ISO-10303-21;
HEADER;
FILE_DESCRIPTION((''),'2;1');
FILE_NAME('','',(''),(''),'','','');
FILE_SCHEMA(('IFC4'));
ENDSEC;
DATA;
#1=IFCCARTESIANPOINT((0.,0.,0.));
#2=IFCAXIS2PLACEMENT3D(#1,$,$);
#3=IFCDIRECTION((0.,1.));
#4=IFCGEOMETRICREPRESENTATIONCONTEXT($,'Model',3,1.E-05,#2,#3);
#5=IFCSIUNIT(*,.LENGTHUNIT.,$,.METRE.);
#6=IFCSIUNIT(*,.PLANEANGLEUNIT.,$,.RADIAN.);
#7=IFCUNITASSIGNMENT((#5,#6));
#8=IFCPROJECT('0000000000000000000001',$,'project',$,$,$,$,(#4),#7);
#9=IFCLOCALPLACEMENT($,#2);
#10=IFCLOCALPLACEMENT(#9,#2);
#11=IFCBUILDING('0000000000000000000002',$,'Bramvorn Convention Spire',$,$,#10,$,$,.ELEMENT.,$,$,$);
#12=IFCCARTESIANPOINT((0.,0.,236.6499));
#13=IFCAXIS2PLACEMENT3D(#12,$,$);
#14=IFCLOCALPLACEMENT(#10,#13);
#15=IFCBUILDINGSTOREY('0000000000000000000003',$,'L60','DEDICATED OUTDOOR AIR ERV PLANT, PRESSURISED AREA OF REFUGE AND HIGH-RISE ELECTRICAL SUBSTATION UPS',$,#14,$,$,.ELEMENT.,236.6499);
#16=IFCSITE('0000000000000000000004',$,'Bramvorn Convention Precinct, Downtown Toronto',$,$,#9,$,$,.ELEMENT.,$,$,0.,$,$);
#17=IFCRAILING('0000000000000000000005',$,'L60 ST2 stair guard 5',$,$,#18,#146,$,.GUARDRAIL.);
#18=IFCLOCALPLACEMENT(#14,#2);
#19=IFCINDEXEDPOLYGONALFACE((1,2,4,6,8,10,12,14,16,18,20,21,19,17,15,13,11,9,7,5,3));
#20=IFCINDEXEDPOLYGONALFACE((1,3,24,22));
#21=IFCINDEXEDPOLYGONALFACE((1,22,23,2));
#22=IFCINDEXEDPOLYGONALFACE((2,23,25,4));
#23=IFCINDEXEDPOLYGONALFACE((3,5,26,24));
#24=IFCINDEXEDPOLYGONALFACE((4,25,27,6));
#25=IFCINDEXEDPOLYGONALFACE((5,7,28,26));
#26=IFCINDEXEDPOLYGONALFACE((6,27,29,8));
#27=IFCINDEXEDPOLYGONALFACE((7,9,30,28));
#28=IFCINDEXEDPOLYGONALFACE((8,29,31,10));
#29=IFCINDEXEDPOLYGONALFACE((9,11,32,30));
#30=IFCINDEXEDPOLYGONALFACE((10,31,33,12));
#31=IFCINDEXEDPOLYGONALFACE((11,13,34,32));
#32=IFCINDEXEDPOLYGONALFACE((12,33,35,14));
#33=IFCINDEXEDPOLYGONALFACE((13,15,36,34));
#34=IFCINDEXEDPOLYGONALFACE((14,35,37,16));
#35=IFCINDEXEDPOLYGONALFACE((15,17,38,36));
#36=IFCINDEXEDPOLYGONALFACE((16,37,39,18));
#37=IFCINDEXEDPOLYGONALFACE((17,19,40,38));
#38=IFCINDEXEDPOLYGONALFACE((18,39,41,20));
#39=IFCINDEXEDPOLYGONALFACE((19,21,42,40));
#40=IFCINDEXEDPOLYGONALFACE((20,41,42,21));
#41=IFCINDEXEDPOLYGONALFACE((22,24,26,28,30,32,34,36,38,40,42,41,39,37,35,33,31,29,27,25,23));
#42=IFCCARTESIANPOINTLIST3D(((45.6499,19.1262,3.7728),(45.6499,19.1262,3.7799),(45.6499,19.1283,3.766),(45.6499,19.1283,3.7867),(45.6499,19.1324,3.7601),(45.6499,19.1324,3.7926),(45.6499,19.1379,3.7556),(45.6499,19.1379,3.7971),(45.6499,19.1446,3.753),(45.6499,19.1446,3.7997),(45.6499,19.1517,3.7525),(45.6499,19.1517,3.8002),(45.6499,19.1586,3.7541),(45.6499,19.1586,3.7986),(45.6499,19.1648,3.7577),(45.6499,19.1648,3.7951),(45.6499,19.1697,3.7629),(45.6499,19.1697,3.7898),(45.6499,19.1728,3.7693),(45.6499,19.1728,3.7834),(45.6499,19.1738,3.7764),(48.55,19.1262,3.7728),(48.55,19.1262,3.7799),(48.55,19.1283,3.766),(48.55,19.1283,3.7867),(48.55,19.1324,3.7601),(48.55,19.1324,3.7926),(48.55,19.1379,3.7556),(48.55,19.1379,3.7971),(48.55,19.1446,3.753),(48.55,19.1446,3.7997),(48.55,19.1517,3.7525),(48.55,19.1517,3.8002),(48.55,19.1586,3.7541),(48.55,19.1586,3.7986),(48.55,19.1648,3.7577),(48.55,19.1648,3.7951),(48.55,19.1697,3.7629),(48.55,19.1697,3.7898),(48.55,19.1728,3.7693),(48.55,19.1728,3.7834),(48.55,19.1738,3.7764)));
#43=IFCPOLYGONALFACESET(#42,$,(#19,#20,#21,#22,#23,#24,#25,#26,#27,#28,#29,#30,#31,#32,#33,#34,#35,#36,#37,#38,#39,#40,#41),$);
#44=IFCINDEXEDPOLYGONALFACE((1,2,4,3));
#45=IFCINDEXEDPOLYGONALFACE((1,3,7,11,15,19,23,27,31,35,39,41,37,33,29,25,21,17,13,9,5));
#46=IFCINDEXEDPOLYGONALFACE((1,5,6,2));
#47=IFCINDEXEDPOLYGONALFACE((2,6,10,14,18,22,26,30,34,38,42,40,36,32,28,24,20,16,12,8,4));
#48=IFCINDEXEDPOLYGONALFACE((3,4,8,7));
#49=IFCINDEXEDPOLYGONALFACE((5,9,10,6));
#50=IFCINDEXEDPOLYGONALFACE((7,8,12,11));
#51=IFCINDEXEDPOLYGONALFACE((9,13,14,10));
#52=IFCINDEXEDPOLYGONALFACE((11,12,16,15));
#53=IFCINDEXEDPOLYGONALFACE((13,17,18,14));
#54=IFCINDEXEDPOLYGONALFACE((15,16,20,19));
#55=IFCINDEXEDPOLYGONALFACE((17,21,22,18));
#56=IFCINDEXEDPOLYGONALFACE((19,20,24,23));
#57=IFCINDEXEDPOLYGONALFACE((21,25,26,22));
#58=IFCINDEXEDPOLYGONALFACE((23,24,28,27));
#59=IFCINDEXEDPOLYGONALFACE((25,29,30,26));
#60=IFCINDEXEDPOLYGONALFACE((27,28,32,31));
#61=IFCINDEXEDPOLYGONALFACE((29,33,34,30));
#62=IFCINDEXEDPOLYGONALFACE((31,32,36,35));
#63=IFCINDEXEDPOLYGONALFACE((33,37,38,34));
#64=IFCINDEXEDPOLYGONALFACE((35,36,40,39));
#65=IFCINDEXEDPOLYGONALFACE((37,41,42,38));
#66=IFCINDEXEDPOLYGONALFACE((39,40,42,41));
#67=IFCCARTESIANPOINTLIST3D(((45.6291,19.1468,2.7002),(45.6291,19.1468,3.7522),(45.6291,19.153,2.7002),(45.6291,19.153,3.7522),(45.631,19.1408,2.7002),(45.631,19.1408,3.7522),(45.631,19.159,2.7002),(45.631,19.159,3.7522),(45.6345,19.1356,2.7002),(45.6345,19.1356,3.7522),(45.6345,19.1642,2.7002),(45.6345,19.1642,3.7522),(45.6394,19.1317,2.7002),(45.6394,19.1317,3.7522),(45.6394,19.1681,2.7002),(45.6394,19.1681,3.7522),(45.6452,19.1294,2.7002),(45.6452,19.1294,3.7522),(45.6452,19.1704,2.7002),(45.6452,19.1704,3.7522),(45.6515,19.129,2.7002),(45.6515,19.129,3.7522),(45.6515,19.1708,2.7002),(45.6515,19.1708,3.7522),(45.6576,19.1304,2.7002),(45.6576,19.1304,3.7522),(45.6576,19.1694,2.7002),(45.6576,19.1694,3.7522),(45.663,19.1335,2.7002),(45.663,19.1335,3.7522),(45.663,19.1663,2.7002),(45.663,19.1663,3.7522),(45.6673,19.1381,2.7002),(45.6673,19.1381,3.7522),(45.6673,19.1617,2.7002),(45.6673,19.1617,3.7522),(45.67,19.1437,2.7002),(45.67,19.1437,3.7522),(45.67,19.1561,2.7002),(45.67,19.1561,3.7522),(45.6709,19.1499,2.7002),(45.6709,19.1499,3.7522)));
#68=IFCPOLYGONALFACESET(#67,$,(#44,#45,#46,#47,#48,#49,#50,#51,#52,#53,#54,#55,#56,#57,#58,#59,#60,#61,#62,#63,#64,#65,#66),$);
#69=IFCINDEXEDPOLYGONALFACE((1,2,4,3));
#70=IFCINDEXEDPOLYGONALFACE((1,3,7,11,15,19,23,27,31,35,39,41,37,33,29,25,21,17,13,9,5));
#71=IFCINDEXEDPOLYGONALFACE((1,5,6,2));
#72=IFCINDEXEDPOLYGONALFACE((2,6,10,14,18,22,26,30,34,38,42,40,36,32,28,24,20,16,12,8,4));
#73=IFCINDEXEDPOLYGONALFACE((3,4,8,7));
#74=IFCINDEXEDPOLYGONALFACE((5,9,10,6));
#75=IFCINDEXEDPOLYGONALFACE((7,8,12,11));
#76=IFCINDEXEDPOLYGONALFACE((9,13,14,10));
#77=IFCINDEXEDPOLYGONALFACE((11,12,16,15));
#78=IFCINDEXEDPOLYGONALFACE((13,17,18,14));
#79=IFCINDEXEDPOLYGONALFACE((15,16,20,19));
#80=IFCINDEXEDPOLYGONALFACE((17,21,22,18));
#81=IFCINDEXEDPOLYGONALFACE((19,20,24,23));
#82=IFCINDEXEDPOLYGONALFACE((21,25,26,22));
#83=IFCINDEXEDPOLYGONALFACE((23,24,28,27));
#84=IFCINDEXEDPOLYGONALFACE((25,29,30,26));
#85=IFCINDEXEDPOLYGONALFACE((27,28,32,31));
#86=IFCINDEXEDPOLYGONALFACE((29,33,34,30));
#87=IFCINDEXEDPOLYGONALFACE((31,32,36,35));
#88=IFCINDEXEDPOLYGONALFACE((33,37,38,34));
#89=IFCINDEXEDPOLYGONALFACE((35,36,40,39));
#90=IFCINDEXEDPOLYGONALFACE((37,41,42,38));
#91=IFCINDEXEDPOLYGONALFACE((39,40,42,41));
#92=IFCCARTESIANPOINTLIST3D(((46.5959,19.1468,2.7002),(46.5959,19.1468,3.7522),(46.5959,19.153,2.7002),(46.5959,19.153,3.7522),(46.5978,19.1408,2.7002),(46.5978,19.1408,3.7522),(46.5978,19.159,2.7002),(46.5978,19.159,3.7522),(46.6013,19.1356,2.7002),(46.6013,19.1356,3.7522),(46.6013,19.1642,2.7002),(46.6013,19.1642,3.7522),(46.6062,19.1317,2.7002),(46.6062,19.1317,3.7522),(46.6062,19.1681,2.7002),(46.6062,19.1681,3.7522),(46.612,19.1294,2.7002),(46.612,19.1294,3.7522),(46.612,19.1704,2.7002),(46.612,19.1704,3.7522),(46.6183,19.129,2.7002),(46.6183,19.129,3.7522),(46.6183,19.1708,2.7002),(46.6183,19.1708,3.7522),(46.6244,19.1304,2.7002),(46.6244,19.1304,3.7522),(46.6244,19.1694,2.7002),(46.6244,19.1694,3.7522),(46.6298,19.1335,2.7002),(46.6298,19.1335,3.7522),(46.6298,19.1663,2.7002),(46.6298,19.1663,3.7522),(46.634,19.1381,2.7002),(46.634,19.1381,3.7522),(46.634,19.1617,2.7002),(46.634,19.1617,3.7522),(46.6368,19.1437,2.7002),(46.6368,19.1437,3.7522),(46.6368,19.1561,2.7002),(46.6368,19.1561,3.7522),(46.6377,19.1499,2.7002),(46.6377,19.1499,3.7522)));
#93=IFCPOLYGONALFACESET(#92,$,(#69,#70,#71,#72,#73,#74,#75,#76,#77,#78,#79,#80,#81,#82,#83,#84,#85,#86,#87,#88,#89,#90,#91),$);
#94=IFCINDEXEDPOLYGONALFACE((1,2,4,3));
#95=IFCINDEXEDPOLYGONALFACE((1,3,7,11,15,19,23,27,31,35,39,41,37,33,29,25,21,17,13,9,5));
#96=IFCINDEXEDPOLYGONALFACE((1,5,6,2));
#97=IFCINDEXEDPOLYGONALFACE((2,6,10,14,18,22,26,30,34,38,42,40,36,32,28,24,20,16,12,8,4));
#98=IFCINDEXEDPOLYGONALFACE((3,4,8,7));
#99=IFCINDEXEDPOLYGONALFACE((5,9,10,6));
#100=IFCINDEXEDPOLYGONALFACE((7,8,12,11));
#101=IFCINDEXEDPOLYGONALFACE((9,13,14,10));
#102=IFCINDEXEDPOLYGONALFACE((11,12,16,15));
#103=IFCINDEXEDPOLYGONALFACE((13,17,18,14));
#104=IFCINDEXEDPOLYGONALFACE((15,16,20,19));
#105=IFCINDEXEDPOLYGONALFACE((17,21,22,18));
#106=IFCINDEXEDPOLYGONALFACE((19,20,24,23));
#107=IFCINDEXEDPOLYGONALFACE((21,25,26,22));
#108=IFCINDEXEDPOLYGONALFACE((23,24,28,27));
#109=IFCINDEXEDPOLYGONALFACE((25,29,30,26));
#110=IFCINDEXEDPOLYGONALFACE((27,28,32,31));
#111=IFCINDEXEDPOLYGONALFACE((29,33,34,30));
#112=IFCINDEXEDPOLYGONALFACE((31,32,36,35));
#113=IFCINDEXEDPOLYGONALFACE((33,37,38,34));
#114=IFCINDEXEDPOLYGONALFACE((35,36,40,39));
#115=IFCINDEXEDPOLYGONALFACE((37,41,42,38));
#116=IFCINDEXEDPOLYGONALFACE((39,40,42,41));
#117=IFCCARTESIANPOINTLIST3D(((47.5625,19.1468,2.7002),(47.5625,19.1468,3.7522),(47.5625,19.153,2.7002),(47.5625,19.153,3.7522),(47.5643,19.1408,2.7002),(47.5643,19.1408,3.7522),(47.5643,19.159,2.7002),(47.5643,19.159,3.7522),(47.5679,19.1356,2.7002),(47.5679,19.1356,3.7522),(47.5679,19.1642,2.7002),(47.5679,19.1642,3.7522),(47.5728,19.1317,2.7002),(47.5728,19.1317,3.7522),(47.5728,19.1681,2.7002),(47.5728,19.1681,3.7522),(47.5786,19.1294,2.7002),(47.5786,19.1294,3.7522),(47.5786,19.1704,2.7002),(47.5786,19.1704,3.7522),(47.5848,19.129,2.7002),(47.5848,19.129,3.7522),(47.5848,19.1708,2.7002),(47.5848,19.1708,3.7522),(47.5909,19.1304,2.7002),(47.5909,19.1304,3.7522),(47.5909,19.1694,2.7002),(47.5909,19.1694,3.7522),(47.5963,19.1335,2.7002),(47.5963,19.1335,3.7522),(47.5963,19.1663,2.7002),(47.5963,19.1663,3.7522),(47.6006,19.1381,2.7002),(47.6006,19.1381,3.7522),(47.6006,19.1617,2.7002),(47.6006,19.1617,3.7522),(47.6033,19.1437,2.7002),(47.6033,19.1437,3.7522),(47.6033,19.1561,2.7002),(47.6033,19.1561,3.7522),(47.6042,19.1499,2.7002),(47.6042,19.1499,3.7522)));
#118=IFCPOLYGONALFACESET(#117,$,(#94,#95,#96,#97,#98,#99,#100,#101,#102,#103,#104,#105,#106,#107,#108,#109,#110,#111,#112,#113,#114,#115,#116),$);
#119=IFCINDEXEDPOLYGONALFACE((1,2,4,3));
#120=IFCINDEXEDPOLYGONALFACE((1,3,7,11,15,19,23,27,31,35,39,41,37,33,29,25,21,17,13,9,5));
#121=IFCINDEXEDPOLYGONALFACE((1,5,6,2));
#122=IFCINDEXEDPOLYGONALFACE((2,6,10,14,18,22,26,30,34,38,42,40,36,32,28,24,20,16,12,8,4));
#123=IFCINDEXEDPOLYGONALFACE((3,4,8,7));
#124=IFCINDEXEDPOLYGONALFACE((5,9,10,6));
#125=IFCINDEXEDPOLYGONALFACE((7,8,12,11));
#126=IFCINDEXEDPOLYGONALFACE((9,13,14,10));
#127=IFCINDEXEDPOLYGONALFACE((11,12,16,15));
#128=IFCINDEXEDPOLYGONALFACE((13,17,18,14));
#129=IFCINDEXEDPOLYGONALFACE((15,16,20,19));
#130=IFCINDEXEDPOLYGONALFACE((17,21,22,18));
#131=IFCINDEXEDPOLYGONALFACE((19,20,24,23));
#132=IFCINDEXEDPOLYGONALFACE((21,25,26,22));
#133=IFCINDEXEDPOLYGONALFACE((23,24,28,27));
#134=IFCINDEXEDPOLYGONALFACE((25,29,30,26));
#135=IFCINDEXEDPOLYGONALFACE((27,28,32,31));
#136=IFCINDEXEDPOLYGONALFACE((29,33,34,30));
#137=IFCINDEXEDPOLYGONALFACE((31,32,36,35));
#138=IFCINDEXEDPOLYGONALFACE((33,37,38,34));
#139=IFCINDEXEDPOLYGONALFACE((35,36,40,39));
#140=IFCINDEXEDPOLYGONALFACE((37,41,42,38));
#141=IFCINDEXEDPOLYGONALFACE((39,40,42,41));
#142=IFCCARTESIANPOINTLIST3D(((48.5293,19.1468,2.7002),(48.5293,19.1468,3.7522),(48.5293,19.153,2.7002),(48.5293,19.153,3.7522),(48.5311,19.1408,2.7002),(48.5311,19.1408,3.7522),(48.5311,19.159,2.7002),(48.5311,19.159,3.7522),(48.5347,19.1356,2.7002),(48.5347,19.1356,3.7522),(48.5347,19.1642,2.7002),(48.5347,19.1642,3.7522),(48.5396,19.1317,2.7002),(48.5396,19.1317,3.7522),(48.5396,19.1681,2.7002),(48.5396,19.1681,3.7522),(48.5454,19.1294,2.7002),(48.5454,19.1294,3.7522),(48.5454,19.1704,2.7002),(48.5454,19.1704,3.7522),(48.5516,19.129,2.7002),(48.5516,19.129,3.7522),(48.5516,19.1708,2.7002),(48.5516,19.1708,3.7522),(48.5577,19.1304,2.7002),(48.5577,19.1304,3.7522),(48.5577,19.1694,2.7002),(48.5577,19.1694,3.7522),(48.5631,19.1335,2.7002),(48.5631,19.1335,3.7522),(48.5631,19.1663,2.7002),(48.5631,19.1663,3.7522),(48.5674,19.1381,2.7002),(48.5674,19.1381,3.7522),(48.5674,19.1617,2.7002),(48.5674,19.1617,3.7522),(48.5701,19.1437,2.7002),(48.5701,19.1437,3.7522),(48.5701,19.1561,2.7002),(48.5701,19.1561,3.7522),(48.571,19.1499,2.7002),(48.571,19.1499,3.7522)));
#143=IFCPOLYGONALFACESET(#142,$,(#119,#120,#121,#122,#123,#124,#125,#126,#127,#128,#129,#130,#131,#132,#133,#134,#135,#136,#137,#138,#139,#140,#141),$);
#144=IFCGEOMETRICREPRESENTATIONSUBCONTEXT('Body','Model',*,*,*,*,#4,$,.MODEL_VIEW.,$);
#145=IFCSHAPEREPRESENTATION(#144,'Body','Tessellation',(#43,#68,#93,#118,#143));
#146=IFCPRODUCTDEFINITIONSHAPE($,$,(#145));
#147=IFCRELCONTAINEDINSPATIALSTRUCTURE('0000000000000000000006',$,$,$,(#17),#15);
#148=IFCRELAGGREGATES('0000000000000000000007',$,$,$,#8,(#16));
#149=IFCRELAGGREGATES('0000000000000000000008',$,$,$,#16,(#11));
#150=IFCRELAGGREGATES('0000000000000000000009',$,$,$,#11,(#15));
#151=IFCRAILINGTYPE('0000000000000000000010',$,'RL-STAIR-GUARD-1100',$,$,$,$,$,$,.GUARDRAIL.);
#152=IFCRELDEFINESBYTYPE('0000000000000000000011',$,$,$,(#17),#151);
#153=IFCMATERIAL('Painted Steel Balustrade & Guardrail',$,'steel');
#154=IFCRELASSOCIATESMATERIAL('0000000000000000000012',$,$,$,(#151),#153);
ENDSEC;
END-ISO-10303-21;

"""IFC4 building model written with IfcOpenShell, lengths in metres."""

from ifc_helpers import new_model, si_unit, direction, frame, origin, origin_2d, place, context, subcontext, project, spatial, circle, extrude, material, type_object, element, save


model = new_model("IFC4")

# Units and contexts
model_context = context("Model", 3, precision=1e-05, world=origin(), true_north=direction((0.0, 1.0)))
body_context = subcontext(model_context, "Body", "Model", "MODEL_VIEW")
ifc_project = project(units=[si_unit("LENGTHUNIT", "METRE"), si_unit("PLANEANGLEUNIT", "RADIAN")], contexts=[model_context])

# Site, building, storey
site_placement = place(None, origin())
site = spatial("IfcSite", under=ifc_project, at=site_placement, Name="Bramvorn Convention Precinct, Downtown Toronto", CompositionType="ELEMENT", RefElevation=0.0)
building_placement = place(site_placement, origin())
building = spatial("IfcBuilding", under=site, at=building_placement, Name="Bramvorn Convention Spire", CompositionType="ELEMENT")
storey_placement = place(building_placement, frame((0.0, 0.0, 236.6499)))
storey = spatial("IfcBuildingStorey", under=building, at=storey_placement, Name="L60", Description="DEDICATED OUTDOOR AIR ERV PLANT, PRESSURISED AREA OF REFUGE AND HIGH-RISE ELECTRICAL SUBSTATION UPS", CompositionType="ELEMENT", Elevation=236.6499)

# Railing
ifc_material_1 = material(Name="Painted Steel Balustrade & Guardrail", Category="steel")
railing_type_1 = type_object("IfcRailingType", Name="RL-STAIR-GUARD-1100", PredefinedType="GUARDRAIL", material=ifc_material_1)
railing_1_placement = place(storey_placement, frame((45.6499, 19.1499, 2.7002)))
element("IfcRailing", 1, at=railing_1_placement, inside=storey, type_object=railing_type_1, Name="L60 ST2 stair guard 5", PredefinedType="GUARDRAIL", context=body_context, shape_type="SweptSolid", body=[
    extrude(circle(Radius=0.0239, at=origin_2d()), frame((0.0, 0.0, 1.0762), z_axis=(1.0, 0.0, 0.0), x_axis=(0.0, 1.0, 0.0)), (0.0, 0.0, 1.0), 2.9001),
    extrude(circle(Radius=0.021, at=origin_2d()), origin(), (0.0, 0.0, 1.0), 1.052),
    extrude(circle(Radius=0.021, at=origin_2d()), frame((0.9668, 0.0, 0.0)), (0.0, 0.0, 1.0), 1.052),
    extrude(circle(Radius=0.021, at=origin_2d()), frame((1.9333, 0.0, 0.0)), (0.0, 0.0, 1.0), 1.052),
    extrude(circle(Radius=0.021, at=origin_2d()), frame((2.9001, 0.0, 0.0)), (0.0, 0.0, 1.0), 1.052),
])

save(model, "model.ifc")
